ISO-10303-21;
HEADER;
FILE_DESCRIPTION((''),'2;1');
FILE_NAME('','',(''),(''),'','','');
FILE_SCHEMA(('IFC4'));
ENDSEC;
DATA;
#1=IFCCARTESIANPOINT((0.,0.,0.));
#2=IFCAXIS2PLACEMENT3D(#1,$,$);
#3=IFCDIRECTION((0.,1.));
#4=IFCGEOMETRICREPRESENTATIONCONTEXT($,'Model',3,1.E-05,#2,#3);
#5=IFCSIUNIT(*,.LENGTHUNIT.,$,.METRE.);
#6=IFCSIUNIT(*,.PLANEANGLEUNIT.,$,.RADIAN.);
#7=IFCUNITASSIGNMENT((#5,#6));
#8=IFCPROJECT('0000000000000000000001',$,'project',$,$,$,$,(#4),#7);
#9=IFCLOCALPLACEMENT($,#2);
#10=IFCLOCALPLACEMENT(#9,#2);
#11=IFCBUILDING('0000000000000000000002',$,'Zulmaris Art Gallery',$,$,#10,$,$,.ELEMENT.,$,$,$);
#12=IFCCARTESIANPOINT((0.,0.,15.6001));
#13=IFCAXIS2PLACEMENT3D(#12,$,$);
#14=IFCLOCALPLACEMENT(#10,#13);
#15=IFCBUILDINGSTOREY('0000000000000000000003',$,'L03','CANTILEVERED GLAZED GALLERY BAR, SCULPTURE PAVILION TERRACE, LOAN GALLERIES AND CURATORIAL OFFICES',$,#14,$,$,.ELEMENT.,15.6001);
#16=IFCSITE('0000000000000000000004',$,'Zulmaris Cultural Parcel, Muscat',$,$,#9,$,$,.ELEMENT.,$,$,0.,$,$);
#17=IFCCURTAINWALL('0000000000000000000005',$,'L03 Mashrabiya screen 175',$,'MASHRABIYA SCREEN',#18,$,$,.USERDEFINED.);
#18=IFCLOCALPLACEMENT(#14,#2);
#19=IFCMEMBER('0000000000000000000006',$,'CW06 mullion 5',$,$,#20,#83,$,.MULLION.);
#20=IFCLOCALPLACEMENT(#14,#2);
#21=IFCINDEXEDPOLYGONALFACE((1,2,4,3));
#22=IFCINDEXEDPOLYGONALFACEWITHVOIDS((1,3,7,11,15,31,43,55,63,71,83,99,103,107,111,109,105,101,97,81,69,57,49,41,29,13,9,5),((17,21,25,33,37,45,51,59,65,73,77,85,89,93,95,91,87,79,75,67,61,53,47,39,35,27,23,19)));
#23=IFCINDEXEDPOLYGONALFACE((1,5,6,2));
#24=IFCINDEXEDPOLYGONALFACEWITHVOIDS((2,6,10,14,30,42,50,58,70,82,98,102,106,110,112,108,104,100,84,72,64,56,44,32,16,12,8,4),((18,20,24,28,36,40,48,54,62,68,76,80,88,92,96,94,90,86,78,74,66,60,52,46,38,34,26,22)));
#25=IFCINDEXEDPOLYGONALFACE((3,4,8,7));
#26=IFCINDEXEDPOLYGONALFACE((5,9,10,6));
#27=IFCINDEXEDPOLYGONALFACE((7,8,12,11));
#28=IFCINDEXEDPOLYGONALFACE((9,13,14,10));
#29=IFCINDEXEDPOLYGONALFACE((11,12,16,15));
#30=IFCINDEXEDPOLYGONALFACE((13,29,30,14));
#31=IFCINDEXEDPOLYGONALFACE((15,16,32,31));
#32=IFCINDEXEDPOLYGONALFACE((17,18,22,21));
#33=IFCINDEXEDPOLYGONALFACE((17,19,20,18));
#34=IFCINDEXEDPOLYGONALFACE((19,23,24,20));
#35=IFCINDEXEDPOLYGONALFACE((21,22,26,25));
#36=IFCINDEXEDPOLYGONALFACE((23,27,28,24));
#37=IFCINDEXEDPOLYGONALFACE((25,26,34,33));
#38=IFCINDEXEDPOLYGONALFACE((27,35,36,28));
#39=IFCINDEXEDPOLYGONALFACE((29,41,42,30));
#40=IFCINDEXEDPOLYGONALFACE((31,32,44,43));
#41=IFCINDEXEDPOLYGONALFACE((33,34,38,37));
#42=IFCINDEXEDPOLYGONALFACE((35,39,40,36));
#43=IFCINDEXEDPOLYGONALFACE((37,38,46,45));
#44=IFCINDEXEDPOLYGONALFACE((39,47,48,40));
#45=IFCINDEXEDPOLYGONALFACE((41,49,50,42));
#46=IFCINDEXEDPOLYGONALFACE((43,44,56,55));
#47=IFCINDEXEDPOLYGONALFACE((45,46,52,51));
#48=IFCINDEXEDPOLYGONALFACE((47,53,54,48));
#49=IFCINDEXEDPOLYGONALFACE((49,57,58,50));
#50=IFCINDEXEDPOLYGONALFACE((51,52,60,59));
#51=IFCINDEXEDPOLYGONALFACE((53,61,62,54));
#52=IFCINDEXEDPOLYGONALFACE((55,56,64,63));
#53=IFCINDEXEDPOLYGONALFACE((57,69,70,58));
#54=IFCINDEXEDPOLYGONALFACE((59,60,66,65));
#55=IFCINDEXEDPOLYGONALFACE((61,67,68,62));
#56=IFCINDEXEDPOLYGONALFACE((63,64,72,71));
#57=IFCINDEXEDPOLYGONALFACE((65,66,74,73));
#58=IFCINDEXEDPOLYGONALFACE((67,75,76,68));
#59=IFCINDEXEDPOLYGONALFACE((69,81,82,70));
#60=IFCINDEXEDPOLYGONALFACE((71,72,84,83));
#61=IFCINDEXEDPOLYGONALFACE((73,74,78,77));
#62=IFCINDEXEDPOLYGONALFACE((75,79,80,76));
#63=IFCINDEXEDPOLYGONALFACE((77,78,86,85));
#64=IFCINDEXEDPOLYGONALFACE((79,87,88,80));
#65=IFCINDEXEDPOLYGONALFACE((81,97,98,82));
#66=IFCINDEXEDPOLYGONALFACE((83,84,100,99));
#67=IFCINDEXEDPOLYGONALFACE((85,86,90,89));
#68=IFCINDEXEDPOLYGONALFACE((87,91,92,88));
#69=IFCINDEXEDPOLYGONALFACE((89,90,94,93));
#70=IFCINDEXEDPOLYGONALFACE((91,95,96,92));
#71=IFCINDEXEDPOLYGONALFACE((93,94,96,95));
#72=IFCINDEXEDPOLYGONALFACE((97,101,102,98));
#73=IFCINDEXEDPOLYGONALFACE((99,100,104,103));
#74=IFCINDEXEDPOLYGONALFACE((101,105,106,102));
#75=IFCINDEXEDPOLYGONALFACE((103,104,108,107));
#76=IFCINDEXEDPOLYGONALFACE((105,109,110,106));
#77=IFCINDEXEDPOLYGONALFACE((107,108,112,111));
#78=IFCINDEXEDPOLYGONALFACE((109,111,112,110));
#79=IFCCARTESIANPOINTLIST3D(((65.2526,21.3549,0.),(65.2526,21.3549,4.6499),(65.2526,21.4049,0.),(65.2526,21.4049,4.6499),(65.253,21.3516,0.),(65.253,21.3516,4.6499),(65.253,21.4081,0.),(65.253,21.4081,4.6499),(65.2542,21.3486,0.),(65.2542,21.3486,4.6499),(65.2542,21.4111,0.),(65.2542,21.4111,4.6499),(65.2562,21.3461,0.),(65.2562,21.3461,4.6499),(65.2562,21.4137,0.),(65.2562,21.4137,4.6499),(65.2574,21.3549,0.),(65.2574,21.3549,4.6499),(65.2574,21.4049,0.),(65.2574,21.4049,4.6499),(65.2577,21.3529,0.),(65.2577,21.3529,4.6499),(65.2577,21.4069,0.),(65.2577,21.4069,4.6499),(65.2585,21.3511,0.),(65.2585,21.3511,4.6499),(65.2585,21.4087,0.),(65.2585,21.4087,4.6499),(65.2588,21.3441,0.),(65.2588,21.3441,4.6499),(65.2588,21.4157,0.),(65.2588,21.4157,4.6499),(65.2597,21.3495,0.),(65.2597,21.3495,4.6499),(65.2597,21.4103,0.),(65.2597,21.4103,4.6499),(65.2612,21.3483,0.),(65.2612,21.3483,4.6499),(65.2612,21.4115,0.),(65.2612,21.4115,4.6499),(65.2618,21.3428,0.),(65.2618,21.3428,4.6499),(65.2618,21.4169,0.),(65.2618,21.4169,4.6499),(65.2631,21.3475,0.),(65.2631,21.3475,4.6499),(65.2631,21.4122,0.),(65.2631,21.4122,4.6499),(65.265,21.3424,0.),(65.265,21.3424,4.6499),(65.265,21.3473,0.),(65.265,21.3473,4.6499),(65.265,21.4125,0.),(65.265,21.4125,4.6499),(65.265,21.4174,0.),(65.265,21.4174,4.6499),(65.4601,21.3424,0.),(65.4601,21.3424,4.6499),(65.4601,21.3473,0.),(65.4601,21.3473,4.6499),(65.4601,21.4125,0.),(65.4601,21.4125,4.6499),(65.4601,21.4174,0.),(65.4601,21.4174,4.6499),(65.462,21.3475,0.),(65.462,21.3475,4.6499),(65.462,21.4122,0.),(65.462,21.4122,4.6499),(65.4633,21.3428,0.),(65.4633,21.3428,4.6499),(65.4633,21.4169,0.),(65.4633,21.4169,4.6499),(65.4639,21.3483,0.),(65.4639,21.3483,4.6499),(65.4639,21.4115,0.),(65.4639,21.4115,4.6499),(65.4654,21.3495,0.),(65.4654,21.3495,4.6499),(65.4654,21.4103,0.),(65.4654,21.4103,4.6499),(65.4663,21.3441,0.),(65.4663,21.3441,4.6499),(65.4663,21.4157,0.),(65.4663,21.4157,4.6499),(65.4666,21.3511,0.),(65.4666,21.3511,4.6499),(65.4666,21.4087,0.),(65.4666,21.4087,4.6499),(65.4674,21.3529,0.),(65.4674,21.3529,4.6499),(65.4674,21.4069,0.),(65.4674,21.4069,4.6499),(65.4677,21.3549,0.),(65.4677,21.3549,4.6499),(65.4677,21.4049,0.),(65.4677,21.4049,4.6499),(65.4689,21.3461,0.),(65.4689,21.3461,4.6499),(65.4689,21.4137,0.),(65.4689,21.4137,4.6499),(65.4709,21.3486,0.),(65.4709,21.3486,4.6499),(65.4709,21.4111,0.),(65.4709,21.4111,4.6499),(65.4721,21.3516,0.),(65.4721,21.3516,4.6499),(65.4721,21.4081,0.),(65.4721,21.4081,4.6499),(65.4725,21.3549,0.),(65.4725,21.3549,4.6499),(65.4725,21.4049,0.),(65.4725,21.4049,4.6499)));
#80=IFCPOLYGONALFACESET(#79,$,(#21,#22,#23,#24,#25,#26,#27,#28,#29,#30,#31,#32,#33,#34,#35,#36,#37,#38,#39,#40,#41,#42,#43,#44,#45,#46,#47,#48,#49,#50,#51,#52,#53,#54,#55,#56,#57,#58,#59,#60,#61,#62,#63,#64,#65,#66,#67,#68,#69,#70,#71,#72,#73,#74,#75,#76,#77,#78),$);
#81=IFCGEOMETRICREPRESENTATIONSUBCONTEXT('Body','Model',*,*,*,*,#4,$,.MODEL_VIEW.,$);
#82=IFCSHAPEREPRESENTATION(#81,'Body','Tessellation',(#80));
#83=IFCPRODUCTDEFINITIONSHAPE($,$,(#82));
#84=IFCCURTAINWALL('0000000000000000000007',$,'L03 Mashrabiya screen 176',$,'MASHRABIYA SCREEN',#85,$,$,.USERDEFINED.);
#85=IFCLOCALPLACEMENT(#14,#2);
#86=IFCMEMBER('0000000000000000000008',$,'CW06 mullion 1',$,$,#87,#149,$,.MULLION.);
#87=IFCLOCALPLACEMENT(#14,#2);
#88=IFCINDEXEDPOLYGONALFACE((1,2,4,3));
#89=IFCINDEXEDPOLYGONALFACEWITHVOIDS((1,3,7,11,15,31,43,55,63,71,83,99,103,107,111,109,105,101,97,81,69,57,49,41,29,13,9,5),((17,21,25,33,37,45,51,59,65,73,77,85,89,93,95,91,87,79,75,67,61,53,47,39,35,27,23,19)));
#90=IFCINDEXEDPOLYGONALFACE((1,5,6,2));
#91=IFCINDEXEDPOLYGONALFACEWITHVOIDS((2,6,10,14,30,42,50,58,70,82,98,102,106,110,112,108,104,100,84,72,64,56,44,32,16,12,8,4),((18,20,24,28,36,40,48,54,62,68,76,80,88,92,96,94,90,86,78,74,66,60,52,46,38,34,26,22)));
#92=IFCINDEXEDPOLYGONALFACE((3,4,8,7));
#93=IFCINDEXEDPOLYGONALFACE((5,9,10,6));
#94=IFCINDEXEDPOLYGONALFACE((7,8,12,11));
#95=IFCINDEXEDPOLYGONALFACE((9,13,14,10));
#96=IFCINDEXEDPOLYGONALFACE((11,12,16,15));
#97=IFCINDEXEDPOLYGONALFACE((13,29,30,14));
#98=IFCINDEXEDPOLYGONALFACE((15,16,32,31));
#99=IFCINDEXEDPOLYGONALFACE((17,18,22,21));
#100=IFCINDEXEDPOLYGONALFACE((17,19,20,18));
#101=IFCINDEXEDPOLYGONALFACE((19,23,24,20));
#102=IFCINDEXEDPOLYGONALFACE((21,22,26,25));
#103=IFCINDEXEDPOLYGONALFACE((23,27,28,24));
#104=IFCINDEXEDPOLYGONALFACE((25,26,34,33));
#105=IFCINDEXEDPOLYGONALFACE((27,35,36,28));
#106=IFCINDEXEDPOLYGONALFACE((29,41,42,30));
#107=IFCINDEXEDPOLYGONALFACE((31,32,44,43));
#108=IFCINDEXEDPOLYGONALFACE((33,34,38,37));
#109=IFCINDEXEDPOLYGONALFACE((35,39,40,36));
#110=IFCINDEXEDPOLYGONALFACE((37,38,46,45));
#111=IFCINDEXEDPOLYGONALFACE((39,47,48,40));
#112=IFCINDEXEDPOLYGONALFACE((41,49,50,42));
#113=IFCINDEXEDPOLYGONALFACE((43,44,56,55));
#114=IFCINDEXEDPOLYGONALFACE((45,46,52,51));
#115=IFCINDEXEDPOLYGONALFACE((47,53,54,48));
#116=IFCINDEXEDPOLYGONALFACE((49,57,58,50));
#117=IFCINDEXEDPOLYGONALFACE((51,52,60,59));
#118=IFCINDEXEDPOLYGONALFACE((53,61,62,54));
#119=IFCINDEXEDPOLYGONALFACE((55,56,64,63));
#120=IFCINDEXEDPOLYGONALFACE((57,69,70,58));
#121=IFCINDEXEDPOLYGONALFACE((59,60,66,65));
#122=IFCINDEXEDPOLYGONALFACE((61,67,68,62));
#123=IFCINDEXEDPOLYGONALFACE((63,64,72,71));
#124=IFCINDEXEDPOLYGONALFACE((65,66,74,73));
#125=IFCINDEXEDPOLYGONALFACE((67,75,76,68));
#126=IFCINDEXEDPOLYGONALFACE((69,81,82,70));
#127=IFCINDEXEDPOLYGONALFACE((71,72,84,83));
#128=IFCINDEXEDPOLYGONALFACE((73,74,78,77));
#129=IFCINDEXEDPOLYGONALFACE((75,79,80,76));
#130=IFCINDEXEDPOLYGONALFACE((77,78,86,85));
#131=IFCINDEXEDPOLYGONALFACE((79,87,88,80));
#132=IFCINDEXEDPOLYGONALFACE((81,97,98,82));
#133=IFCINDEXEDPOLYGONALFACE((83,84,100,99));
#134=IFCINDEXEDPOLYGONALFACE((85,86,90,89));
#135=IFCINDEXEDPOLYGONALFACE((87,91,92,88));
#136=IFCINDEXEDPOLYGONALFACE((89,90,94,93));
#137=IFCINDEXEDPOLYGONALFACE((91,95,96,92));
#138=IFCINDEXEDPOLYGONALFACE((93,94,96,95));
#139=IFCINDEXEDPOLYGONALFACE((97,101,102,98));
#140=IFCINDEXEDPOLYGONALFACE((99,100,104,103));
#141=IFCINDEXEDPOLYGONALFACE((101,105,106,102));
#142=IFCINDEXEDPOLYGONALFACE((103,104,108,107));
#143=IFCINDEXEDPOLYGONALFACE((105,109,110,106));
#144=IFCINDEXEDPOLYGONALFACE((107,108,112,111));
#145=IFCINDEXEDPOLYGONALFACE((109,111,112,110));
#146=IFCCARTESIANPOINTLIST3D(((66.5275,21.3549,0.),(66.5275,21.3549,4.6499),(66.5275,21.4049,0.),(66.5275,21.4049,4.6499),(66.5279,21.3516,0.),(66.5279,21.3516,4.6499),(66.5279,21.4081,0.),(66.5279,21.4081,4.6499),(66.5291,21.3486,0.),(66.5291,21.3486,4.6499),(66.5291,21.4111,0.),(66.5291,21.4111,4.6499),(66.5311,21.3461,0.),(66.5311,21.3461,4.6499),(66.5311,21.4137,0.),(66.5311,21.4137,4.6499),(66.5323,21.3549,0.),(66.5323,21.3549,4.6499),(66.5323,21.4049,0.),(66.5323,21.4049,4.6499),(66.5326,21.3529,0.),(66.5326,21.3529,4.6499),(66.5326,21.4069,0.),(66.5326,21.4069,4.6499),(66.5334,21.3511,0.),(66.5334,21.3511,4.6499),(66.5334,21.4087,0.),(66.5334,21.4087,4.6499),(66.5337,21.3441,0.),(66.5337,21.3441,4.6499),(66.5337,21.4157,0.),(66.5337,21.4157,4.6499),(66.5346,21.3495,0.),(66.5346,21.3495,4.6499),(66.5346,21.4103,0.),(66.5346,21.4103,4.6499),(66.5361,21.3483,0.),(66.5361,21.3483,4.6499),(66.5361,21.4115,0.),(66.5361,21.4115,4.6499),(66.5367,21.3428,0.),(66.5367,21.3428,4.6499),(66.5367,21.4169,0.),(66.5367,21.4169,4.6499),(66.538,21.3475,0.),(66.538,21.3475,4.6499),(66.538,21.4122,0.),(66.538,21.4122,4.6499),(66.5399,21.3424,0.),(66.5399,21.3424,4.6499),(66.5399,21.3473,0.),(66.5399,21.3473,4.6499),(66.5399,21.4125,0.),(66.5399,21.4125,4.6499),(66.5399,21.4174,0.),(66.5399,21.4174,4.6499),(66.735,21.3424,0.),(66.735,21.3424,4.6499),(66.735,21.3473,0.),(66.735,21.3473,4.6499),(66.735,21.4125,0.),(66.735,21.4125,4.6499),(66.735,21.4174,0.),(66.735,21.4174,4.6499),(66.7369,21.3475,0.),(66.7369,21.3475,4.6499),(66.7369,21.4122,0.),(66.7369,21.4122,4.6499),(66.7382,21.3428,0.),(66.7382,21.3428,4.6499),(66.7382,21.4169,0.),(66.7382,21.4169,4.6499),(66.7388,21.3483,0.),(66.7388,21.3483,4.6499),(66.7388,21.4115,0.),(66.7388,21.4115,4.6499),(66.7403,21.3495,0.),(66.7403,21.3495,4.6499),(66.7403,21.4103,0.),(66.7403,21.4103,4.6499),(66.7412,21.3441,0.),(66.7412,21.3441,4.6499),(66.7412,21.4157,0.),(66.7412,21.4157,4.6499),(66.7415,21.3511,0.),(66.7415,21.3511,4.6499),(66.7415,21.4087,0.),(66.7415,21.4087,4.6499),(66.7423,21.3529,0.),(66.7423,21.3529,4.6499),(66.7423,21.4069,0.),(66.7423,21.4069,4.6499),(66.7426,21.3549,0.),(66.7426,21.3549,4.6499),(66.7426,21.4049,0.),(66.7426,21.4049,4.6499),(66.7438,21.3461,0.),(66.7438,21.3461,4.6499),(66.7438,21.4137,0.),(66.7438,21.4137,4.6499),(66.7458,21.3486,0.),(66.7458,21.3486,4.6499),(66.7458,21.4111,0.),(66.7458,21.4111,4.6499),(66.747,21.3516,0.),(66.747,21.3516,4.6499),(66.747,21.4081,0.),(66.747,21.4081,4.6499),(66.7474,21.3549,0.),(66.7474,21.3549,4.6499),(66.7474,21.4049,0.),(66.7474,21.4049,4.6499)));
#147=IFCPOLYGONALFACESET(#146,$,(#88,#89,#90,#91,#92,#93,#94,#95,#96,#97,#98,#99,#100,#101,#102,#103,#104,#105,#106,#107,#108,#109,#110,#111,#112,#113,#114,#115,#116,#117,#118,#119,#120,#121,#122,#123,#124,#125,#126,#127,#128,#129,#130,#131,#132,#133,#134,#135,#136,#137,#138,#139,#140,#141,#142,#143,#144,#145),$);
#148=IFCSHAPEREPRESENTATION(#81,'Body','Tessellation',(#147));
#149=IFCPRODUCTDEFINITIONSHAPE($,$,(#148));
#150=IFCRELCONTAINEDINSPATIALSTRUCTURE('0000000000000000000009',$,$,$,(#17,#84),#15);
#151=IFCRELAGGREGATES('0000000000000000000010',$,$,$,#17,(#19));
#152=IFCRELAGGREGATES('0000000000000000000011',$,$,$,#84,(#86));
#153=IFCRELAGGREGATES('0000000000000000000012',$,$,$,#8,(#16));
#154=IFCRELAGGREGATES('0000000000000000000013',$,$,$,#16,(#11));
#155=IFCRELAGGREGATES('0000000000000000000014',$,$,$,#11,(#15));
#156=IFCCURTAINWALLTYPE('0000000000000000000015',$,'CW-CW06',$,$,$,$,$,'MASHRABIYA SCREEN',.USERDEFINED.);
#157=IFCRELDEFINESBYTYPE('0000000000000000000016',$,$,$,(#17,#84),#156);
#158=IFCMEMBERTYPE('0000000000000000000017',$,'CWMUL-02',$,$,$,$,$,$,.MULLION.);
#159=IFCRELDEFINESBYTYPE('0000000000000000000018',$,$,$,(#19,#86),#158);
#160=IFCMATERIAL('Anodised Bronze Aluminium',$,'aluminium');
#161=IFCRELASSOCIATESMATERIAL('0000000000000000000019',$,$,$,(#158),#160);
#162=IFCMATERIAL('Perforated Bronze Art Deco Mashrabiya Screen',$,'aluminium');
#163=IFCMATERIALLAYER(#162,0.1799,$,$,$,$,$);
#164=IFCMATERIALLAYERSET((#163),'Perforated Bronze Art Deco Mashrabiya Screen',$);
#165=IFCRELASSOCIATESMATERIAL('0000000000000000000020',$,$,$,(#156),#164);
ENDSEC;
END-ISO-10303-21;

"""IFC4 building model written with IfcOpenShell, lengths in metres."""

from ifc_helpers import new_model, si_unit, direction, frame, origin, origin_2d, place, context, subcontext, project, spatial, hollow_rectangle, extrude, material, layer, layer_set, material_profile, profile_set, type_object, element, aggregate, save


model = new_model("IFC4")

# Units and contexts
model_context = context("Model", 3, precision=1e-05, world=origin(), true_north=direction((0.0, 1.0)))
body_context = subcontext(model_context, "Body", "Model", "MODEL_VIEW")
ifc_project = project(units=[si_unit("LENGTHUNIT", "METRE"), si_unit("PLANEANGLEUNIT", "RADIAN")], contexts=[model_context])

# Site, building, storey
site_placement = place(None, origin())
site = spatial("IfcSite", under=ifc_project, at=site_placement, Name="Zulmaris Cultural Parcel, Muscat", CompositionType="ELEMENT", RefElevation=0.0)
building_placement = place(site_placement, origin())
building = spatial("IfcBuilding", under=site, at=building_placement, Name="Zulmaris Art Gallery", CompositionType="ELEMENT")
storey_placement = place(building_placement, frame((0.0, 0.0, 15.6001)))
storey = spatial("IfcBuildingStorey", under=building, at=storey_placement, Name="L03", Description="CANTILEVERED GLAZED GALLERY BAR, SCULPTURE PAVILION TERRACE, LOAN GALLERIES AND CURATORIAL OFFICES", CompositionType="ELEMENT", Elevation=15.6001)

# Curtain wall, member
ifc_material_1 = material(Name="Anodised Bronze Aluminium", Category="aluminium")
ifc_material_profile_1 = material_profile(ifc_material_1, hollow_rectangle(XDim=0.075, YDim=0.22, WallThickness=0.0049, InnerFilletRadius=0.0076, OuterFilletRadius=0.0125, at=origin_2d()), Name="ALU 75x220x5")
ifc_profile_set_1 = profile_set([ifc_material_profile_1], Name="Anodised Bronze Aluminium")
member_type_1 = type_object("IfcMemberType", Name="CWMUL-02", PredefinedType="MULLION", material=ifc_profile_set_1)
ifc_material_2 = material(Name="Perforated Bronze Art Deco Mashrabiya Screen", Category="aluminium")
ifc_layer_1 = layer(ifc_material_2, 0.1799)
ifc_layer_set_1 = layer_set([ifc_layer_1], Name="Perforated Bronze Art Deco Mashrabiya Screen")
curtain_wall_type_1 = type_object("IfcCurtainWallType", Name="CW-CW06", ElementType="MASHRABIYA SCREEN", PredefinedType="USERDEFINED", material=ifc_layer_set_1)
curtain_wall_1_placement = place(storey_placement, origin())
curtain_wall_1 = element("IfcCurtainWall", 1, at=curtain_wall_1_placement, inside=storey, type_object=curtain_wall_type_1, Name="L03 Mashrabiya screen 175", ObjectType="MASHRABIYA SCREEN", PredefinedType="USERDEFINED")
member_1_placement = place(storey_placement, frame((65.3625, 21.3799, 0.0), z_axis=(0.0, 0.0, 1.0), x_axis=(0.0, 1.0, 0.0)))
member_1 = element("IfcMember", 2, at=member_1_placement, type_object=member_type_1, Name="CW06 mullion 5", PredefinedType="MULLION", context=body_context, shape_type="SweptSolid", body=[
    extrude(hollow_rectangle(XDim=0.075, YDim=0.22, WallThickness=0.0049, InnerFilletRadius=0.0076, OuterFilletRadius=0.0125, at=origin_2d()), origin(), (0.0, 0.0, 1.0), 4.6499),
])
aggregate(curtain_wall_1, [member_1])

# Curtain wall, member
curtain_wall_2_placement = place(storey_placement, origin())
curtain_wall_2 = element("IfcCurtainWall", 3, at=curtain_wall_2_placement, inside=storey, type_object=curtain_wall_type_1, Name="L03 Mashrabiya screen 176", ObjectType="MASHRABIYA SCREEN", PredefinedType="USERDEFINED")
member_2_placement = place(storey_placement, frame((66.6375, 21.3799, 0.0), z_axis=(0.0, 0.0, 1.0), x_axis=(0.0, 1.0, 0.0)))
member_2 = element("IfcMember", 4, at=member_2_placement, type_object=member_type_1, Name="CW06 mullion 1", PredefinedType="MULLION", context=body_context, shape_type="SweptSolid", body=[
    extrude(hollow_rectangle(XDim=0.075, YDim=0.22, WallThickness=0.0049, InnerFilletRadius=0.0076, OuterFilletRadius=0.0125, at=origin_2d()), origin(), (0.0, 0.0, 1.0), 4.6499),
])
aggregate(curtain_wall_2, [member_2])

save(model, "model.ifc")
